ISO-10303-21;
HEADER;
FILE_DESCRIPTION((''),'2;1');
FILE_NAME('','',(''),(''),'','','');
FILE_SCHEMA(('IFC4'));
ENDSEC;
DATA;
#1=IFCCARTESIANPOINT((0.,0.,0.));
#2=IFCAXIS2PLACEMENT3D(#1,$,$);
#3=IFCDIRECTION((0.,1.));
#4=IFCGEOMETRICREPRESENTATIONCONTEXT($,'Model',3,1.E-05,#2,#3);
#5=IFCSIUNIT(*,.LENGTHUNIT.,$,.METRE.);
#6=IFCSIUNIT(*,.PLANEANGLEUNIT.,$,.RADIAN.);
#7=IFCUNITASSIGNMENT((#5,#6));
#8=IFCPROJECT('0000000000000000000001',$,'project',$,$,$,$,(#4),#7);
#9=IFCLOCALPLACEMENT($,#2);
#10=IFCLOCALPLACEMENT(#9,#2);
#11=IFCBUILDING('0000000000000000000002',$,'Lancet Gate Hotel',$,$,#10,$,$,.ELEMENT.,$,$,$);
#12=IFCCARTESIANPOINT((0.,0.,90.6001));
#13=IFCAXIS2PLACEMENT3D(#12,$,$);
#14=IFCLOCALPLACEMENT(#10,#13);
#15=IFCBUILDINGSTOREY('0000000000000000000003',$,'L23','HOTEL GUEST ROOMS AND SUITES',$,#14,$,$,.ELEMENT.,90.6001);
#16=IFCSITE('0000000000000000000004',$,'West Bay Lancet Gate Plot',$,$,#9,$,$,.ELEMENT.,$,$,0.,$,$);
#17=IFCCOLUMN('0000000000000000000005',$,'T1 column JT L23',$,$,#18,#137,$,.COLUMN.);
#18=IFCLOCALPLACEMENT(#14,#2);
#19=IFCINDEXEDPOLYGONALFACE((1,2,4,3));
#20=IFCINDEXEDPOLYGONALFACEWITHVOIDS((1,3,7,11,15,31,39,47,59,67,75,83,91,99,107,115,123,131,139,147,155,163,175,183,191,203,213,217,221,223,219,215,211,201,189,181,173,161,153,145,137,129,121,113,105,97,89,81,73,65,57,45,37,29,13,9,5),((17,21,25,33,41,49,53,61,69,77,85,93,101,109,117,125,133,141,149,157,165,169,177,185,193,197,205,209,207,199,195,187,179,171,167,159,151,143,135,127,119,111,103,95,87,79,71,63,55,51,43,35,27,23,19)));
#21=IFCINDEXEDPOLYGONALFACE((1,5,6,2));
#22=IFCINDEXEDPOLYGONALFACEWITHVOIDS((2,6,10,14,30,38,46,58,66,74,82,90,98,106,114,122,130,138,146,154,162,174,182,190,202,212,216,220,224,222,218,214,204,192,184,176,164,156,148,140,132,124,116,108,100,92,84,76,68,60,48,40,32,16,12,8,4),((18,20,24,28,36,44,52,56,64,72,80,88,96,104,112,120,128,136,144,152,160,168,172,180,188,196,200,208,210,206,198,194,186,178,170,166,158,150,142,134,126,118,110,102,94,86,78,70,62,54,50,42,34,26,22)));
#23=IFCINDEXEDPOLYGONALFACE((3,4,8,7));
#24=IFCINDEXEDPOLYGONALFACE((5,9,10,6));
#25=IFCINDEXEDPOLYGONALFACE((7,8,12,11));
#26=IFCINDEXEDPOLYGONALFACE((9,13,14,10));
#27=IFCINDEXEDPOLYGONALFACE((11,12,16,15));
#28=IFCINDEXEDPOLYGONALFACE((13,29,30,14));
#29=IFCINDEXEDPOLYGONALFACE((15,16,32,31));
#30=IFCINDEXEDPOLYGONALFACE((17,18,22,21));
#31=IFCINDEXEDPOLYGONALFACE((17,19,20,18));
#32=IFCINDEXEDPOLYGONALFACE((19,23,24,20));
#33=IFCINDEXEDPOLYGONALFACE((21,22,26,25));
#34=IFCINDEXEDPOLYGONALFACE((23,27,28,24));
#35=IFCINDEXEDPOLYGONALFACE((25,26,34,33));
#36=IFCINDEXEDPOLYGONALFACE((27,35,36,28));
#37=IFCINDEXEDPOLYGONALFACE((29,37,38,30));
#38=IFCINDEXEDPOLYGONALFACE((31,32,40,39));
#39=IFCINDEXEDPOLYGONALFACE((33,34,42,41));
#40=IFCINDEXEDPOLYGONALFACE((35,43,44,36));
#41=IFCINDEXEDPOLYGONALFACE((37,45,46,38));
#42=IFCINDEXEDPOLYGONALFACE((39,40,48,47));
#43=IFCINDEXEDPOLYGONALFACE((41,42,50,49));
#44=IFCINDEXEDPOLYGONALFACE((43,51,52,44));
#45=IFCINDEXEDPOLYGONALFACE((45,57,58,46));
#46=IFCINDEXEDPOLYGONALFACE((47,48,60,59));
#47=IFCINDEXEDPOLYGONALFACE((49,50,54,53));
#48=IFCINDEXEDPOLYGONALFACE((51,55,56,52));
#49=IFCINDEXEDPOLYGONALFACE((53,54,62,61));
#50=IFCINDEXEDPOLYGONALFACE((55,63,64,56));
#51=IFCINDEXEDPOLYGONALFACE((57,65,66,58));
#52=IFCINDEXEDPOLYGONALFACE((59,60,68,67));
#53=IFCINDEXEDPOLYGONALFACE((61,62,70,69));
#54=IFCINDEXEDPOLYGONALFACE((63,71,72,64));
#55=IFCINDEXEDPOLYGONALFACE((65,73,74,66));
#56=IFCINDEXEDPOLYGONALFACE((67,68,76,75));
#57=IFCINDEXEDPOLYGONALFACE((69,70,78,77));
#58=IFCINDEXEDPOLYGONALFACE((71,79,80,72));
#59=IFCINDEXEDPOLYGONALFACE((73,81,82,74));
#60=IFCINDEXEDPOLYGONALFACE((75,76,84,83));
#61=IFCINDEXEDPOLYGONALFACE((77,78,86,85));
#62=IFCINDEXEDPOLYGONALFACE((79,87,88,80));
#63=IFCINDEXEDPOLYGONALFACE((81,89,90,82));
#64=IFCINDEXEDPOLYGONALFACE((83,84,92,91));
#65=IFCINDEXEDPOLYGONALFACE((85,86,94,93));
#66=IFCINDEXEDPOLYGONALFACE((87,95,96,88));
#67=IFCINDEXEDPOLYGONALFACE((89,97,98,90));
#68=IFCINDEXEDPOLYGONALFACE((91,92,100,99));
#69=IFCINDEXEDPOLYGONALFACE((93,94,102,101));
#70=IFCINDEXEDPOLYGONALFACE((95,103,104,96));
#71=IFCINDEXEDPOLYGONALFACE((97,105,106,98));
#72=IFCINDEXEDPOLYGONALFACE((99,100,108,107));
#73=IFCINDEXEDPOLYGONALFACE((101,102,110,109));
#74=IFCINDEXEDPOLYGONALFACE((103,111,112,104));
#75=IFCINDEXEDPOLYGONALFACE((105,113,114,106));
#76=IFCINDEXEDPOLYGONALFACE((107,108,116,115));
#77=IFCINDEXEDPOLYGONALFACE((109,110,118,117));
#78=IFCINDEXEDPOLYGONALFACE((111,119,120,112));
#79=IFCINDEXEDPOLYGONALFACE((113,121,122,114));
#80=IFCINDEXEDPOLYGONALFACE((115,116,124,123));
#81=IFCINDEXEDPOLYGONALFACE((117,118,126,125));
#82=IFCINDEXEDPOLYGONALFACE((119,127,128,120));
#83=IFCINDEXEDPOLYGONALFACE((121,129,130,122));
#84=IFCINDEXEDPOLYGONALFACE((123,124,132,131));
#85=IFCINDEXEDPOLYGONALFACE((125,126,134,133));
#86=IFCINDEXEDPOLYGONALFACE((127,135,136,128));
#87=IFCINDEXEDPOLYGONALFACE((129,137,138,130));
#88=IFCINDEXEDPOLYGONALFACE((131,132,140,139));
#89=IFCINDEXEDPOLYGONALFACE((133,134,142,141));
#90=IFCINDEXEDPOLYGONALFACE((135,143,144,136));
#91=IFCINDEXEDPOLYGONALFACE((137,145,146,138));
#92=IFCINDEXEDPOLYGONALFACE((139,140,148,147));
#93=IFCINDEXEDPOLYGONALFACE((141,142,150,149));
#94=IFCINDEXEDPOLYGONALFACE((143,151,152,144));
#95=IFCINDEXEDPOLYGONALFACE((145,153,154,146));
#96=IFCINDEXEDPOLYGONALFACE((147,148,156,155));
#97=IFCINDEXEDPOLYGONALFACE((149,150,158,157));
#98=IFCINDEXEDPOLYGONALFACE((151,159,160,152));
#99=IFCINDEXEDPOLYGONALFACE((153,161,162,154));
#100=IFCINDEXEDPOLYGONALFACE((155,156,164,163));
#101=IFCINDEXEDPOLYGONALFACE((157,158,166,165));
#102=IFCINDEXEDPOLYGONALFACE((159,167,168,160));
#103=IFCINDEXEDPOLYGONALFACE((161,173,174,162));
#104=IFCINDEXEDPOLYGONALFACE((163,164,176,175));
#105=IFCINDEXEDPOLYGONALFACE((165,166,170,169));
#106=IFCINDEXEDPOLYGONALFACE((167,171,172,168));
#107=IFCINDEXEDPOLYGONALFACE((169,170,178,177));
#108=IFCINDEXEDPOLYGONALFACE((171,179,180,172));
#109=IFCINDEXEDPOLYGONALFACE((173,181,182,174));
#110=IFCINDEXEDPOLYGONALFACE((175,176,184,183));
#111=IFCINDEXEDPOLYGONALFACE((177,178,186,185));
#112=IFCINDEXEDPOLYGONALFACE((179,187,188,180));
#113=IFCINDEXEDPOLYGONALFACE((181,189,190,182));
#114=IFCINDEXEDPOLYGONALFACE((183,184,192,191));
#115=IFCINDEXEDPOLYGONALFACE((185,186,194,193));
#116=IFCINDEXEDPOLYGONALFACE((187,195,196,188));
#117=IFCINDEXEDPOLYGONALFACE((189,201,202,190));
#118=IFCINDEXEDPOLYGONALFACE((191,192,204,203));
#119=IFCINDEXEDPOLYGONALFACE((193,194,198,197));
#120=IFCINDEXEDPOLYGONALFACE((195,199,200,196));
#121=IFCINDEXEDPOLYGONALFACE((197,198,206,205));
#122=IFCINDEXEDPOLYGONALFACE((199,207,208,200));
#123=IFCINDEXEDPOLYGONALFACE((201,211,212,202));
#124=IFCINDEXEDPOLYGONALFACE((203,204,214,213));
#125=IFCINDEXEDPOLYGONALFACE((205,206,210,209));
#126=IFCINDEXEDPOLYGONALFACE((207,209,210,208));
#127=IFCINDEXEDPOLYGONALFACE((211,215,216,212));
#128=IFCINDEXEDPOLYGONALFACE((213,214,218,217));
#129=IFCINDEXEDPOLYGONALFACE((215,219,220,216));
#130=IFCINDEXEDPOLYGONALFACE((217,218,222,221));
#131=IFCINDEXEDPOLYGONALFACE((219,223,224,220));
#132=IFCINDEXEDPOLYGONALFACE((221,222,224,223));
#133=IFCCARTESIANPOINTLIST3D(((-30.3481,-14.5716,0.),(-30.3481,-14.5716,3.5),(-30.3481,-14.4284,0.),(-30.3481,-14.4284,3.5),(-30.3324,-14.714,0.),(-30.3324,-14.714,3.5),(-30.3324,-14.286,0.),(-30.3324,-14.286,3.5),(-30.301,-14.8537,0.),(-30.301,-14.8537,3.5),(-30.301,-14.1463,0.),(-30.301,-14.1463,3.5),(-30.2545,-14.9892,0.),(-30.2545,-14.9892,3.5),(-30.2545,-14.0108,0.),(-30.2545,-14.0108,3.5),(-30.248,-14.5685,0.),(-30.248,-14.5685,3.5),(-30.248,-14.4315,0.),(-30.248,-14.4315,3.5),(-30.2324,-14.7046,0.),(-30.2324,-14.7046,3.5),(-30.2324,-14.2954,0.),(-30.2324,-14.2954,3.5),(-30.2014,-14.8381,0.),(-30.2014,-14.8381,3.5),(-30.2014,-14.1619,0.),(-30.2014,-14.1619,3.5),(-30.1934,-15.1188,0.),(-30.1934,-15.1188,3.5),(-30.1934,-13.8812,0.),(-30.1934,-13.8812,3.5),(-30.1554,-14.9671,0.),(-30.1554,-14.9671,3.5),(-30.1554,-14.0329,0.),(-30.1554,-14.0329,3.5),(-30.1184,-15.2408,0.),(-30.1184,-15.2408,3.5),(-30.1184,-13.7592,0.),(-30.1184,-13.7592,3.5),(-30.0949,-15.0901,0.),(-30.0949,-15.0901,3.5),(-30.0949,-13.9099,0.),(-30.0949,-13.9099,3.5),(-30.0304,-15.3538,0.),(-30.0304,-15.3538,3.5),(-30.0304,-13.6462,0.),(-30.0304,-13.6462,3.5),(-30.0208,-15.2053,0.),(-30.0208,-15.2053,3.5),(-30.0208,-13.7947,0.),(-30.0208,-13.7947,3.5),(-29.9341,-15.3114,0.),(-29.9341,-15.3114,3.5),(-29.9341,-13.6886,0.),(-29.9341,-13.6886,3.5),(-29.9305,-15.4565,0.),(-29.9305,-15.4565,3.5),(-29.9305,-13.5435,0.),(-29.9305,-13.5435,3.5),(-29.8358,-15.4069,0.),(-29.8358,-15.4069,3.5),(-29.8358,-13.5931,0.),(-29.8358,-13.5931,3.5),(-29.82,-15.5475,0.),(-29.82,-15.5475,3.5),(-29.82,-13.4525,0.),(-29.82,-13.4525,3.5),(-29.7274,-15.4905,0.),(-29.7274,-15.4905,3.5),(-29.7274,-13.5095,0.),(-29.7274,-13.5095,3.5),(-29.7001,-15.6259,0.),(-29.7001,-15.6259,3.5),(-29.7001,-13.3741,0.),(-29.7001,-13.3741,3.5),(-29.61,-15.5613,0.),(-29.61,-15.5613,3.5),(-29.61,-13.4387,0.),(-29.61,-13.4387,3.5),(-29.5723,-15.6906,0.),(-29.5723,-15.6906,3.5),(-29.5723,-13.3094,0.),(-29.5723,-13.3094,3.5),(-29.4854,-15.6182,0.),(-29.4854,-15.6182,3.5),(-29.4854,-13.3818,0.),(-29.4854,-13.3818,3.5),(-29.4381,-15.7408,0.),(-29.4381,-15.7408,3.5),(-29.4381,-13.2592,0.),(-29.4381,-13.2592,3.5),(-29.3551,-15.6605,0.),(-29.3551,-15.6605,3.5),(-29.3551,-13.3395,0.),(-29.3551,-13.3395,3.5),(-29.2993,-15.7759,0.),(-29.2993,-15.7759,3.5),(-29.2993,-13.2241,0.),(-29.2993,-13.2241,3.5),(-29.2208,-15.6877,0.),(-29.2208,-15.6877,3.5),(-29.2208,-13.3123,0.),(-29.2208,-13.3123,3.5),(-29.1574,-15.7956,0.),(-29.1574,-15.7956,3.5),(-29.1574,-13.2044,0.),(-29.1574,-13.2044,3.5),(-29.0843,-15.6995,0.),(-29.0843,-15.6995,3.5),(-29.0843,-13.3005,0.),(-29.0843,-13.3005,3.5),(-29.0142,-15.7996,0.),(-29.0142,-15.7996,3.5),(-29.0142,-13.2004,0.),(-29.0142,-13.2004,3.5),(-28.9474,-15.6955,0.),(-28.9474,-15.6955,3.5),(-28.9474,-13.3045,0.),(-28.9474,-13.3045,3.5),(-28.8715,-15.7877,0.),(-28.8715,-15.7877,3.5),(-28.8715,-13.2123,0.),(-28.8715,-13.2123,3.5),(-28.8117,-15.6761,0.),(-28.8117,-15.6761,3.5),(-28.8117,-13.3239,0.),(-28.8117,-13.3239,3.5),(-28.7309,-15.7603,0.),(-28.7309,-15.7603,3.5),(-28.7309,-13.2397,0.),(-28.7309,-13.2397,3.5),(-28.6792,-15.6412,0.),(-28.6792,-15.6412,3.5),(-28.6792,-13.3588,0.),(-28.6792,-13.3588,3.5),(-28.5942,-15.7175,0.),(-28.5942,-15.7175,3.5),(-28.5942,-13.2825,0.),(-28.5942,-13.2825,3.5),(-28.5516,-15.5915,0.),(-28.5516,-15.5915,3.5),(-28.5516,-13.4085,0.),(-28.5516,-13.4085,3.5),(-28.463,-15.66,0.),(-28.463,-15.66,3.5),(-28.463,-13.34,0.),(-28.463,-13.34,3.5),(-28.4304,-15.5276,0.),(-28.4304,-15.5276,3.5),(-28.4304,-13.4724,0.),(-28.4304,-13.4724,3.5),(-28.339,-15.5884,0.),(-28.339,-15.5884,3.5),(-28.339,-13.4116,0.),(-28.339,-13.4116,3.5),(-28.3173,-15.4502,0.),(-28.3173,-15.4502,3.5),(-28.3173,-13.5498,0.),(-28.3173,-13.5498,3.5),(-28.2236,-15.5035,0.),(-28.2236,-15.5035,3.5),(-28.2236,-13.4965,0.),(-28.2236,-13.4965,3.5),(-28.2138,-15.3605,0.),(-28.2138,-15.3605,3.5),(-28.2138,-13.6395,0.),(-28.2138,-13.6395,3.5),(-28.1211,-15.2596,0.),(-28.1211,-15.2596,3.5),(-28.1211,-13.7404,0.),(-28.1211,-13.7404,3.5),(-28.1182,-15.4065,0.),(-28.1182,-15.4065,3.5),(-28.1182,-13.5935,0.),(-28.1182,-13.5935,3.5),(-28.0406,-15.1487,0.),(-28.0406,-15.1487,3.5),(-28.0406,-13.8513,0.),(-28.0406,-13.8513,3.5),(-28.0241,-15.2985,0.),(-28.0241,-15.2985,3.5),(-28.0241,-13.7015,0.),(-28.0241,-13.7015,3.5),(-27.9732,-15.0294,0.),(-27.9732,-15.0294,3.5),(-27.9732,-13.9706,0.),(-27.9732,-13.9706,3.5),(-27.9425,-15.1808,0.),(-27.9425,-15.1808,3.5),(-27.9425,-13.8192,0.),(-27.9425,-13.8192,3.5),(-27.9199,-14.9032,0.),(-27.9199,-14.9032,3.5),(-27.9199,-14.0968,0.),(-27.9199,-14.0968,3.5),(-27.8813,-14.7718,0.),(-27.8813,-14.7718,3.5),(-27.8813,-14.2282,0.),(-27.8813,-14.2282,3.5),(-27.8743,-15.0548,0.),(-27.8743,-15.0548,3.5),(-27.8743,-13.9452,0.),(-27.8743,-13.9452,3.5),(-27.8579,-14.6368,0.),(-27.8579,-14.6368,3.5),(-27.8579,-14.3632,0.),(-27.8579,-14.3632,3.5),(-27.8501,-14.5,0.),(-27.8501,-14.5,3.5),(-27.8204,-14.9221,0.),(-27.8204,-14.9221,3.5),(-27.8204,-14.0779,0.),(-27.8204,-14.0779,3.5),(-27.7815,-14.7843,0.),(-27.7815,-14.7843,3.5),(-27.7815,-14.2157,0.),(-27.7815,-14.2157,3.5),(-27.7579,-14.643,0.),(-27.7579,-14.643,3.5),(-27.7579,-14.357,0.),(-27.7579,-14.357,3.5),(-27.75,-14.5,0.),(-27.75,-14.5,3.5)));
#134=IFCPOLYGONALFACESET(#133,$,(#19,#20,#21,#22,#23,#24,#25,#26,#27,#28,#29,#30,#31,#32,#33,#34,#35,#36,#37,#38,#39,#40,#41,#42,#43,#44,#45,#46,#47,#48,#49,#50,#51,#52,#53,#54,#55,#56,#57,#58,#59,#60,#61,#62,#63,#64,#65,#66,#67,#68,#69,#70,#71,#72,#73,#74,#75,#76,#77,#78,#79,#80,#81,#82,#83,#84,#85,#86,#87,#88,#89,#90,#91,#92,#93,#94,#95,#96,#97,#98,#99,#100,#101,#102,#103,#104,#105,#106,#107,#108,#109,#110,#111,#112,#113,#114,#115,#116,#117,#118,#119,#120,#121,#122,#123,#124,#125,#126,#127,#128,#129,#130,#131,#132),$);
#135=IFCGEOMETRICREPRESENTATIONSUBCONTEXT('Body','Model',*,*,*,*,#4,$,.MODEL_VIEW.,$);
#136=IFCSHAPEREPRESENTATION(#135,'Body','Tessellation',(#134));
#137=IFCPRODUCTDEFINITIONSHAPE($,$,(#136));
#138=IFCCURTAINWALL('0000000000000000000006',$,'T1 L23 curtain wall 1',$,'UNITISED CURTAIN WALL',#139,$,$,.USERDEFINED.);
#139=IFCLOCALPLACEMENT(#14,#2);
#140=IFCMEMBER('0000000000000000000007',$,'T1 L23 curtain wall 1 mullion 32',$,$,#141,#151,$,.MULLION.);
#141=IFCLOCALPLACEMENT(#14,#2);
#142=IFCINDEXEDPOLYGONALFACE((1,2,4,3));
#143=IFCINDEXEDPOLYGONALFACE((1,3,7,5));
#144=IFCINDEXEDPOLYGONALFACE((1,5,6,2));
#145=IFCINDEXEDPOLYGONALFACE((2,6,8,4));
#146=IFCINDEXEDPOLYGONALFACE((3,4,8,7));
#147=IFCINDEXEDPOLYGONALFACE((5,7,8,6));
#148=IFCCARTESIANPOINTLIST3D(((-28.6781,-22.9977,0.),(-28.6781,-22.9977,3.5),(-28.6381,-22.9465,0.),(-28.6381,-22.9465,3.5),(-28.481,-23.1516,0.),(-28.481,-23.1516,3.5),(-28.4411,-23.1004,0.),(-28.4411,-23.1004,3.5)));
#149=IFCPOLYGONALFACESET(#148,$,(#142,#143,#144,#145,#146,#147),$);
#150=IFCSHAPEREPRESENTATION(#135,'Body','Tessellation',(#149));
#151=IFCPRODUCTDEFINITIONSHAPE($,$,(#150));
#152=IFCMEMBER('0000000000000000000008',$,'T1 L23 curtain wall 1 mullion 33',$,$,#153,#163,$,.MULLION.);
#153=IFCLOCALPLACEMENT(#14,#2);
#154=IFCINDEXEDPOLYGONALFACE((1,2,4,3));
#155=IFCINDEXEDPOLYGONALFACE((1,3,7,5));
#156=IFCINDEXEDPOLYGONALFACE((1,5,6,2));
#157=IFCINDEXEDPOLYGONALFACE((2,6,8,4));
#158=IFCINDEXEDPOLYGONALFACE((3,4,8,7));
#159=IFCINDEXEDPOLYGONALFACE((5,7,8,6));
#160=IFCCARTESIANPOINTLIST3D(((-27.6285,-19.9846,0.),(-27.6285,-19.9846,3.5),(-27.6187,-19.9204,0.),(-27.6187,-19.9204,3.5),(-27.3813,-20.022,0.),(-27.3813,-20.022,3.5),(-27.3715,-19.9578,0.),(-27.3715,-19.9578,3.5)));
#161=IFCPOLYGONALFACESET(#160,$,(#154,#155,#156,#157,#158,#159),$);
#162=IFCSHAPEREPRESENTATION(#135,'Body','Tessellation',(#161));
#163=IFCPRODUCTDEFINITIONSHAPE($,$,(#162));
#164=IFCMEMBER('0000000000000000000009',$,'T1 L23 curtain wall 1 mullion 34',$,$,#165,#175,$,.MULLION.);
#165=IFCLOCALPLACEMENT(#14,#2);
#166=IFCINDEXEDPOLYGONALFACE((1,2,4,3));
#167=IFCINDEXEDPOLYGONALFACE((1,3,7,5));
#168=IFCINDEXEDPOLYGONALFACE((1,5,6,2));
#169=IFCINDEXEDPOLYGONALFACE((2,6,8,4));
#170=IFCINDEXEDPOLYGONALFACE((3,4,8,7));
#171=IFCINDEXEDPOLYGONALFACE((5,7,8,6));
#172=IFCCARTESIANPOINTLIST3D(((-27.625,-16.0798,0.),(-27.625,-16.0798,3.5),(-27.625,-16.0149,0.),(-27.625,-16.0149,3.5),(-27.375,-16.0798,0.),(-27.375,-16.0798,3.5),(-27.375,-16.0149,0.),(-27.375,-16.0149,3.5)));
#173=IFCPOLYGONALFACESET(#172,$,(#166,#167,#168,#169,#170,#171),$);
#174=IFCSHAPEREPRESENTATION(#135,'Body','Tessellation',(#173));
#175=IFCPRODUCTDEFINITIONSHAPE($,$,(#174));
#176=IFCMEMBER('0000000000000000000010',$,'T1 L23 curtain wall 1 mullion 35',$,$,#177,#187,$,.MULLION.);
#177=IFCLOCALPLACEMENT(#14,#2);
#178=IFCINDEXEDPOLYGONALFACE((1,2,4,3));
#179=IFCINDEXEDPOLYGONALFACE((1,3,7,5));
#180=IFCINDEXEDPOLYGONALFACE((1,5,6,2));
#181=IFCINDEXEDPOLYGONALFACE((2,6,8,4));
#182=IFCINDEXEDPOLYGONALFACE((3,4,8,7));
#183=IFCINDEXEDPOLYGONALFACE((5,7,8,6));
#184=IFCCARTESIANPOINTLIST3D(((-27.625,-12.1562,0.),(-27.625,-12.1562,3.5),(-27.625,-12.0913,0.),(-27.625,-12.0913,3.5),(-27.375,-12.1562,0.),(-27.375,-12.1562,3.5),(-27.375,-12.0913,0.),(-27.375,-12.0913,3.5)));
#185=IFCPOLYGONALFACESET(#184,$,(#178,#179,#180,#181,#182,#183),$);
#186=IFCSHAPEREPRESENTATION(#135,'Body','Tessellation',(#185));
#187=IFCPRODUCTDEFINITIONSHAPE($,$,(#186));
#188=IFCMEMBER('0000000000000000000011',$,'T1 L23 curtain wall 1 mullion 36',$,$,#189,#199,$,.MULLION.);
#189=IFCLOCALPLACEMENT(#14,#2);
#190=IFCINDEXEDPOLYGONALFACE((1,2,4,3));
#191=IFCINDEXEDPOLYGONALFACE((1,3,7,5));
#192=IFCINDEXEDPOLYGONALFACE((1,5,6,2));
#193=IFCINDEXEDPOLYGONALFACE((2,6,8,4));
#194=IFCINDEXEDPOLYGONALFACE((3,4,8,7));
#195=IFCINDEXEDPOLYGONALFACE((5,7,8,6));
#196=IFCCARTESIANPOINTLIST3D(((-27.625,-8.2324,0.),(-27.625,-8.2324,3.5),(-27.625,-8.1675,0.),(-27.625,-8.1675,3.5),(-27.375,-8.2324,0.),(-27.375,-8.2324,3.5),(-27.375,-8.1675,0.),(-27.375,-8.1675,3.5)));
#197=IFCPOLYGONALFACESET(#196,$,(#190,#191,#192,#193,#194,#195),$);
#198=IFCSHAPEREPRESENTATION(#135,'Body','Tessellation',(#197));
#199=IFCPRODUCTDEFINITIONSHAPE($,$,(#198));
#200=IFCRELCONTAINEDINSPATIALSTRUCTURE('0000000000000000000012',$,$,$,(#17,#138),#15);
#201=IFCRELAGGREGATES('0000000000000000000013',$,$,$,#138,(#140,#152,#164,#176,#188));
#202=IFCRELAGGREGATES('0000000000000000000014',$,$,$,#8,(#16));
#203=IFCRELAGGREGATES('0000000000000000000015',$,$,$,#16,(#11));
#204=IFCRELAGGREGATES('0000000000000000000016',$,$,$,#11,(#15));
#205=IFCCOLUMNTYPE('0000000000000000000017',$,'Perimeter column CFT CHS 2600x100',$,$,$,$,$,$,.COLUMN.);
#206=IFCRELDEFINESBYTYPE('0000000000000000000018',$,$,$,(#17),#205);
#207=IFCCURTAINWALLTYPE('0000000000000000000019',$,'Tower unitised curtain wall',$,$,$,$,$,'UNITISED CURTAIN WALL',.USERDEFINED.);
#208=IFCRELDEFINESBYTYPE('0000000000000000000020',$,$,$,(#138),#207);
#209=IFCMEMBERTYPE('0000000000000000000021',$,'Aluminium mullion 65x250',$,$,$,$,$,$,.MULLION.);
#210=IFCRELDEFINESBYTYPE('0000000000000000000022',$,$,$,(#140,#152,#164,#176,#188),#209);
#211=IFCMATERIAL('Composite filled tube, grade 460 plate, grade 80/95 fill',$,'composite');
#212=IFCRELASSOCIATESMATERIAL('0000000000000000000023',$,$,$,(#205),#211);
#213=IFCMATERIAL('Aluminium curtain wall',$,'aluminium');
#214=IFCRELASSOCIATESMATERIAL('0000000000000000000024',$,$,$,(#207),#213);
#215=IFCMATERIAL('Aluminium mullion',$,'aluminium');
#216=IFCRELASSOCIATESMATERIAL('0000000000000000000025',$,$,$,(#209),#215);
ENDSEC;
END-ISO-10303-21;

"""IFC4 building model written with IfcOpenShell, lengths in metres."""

from ifc_helpers import new_model, si_unit, direction, frame, origin, origin_2d, place, context, subcontext, project, spatial, rectangle, hollow_circle, extrude, material, material_profile, profile_set, type_object, element, aggregate, save


model = new_model("IFC4")

# Units and contexts
model_context = context("Model", 3, precision=1e-05, world=origin(), true_north=direction((0.0, 1.0)))
body_context = subcontext(model_context, "Body", "Model", "MODEL_VIEW")
ifc_project = project(units=[si_unit("LENGTHUNIT", "METRE"), si_unit("PLANEANGLEUNIT", "RADIAN")], contexts=[model_context])

# Site, building, storey
site_placement = place(None, origin())
site = spatial("IfcSite", under=ifc_project, at=site_placement, Name="West Bay Lancet Gate Plot", CompositionType="ELEMENT", RefElevation=0.0)
building_placement = place(site_placement, origin())
building = spatial("IfcBuilding", under=site, at=building_placement, Name="Lancet Gate Hotel", CompositionType="ELEMENT")
storey_placement = place(building_placement, frame((0.0, 0.0, 90.6001)))
storey = spatial("IfcBuildingStorey", under=building, at=storey_placement, Name="L23", Description="HOTEL GUEST ROOMS AND SUITES", CompositionType="ELEMENT", Elevation=90.6001)

# Column
ifc_material_1 = material(Name="Composite filled tube, grade 460 plate, grade 80/95 fill", Category="composite")
ifc_material_profile_1 = material_profile(ifc_material_1, hollow_circle(Radius=1.3, WallThickness=0.1001, at=origin_2d()), Name="CHS 2600x100")
ifc_profile_set_1 = profile_set([ifc_material_profile_1], Name="Composite filled tube, grade 460 plate, grade 80/95 fill")
column_type = type_object("IfcColumnType", Name="Perimeter column CFT CHS 2600x100", PredefinedType="COLUMN", material=ifc_profile_set_1)
for number, where, z_axis, x_axis, name in (
    (1, (-29.05, -14.5, 0.0), (0.0, 0.0, 1.0), (1.0, 0.0, 0.0), "T1 column JT L23"),
):
    element("IfcColumn", number, at=place(storey_placement, frame(where, z_axis=z_axis, x_axis=x_axis)), inside=storey, type_object=column_type, Name=name, PredefinedType="COLUMN", context=body_context, shape_type="SweptSolid", body=[
        extrude(hollow_circle(Radius=1.3, WallThickness=0.1001, at=origin_2d()), origin(), (0.0, 0.0, 1.0), 3.5),
    ])

# Curtain wall, members
ifc_material_2 = material(Name="Aluminium curtain wall", Category="aluminium")
curtain_wall_type = type_object("IfcCurtainWallType", Name="Tower unitised curtain wall", ElementType="UNITISED CURTAIN WALL", PredefinedType="USERDEFINED", material=ifc_material_2)
curtain_wall_placement = place(storey_placement, origin())
curtain_wall = element("IfcCurtainWall", 2, at=curtain_wall_placement, inside=storey, type_object=curtain_wall_type, Name="T1 L23 curtain wall 1", ObjectType="UNITISED CURTAIN WALL", PredefinedType="USERDEFINED")
ifc_material_3 = material(Name="Aluminium mullion", Category="aluminium")
ifc_material_profile_2 = material_profile(ifc_material_3, rectangle(XDim=0.0649, YDim=0.25, at=origin_2d()), Name="MULLION 65x250")
ifc_profile_set_2 = profile_set([ifc_material_profile_2], Name="Aluminium mullion")
member_type_1 = type_object("IfcMemberType", Name="Aluminium mullion 65x250", PredefinedType="MULLION", material=ifc_profile_set_2)
member_1_placement = place(storey_placement, frame((-28.5596, -23.0491, 0.0), z_axis=(0.0, 0.0, 1.0), x_axis=(0.615574, 0.788079, 0.0)))
member_1 = element("IfcMember", 3, at=member_1_placement, type_object=member_type_1, Name="T1 L23 curtain wall 1 mullion 32", PredefinedType="MULLION", context=body_context, shape_type="SweptSolid", body=[
    extrude(rectangle(XDim=0.0649, YDim=0.25, at=origin_2d()), origin(), (0.0, 0.0, 1.0), 3.5),
])
member_2_placement = place(storey_placement, frame((-27.5, -19.9712, 0.0), z_axis=(0.0, 0.0, 1.0), x_axis=(0.149634, 0.988741, 0.0)))
member_2 = element("IfcMember", 4, at=member_2_placement, type_object=member_type_1, Name="T1 L23 curtain wall 1 mullion 33", PredefinedType="MULLION", context=body_context, shape_type="SweptSolid", body=[
    extrude(rectangle(XDim=0.0649, YDim=0.25, at=origin_2d()), origin(), (0.0, 0.0, 1.0), 3.5),
])
member_3_placement = place(storey_placement, frame((-27.5, -16.0474, 0.0), z_axis=(0.0, 0.0, 1.0), x_axis=(0.0, 1.0, 0.0)))
member_3 = element("IfcMember", 5, at=member_3_placement, type_object=member_type_1, Name="T1 L23 curtain wall 1 mullion 34", PredefinedType="MULLION", context=body_context, shape_type="SweptSolid", body=[
    extrude(rectangle(XDim=0.0649, YDim=0.25, at=origin_2d()), origin(), (0.0, 0.0, 1.0), 3.5),
])
member_4_placement = place(storey_placement, frame((-27.5, -12.1238, 0.0), z_axis=(0.0, 0.0, 1.0), x_axis=(0.0, 1.0, 0.0)))
member_4 = element("IfcMember", 6, at=member_4_placement, type_object=member_type_1, Name="T1 L23 curtain wall 1 mullion 35", PredefinedType="MULLION", context=body_context, shape_type="SweptSolid", body=[
    extrude(rectangle(XDim=0.0649, YDim=0.25, at=origin_2d()), origin(), (0.0, 0.0, 1.0), 3.5),
])
member_5_placement = place(storey_placement, frame((-27.5, -8.2, 0.0), z_axis=(0.0, 0.0, 1.0), x_axis=(0.0, 1.0, 0.0)))
member_5 = element("IfcMember", 7, at=member_5_placement, type_object=member_type_1, Name="T1 L23 curtain wall 1 mullion 36", PredefinedType="MULLION", context=body_context, shape_type="SweptSolid", body=[
    extrude(rectangle(XDim=0.0649, YDim=0.25, at=origin_2d()), origin(), (0.0, 0.0, 1.0), 3.5),
])

aggregate(curtain_wall, [member_1, member_2, member_3, member_4, member_5])

save(model, "model.ifc")
